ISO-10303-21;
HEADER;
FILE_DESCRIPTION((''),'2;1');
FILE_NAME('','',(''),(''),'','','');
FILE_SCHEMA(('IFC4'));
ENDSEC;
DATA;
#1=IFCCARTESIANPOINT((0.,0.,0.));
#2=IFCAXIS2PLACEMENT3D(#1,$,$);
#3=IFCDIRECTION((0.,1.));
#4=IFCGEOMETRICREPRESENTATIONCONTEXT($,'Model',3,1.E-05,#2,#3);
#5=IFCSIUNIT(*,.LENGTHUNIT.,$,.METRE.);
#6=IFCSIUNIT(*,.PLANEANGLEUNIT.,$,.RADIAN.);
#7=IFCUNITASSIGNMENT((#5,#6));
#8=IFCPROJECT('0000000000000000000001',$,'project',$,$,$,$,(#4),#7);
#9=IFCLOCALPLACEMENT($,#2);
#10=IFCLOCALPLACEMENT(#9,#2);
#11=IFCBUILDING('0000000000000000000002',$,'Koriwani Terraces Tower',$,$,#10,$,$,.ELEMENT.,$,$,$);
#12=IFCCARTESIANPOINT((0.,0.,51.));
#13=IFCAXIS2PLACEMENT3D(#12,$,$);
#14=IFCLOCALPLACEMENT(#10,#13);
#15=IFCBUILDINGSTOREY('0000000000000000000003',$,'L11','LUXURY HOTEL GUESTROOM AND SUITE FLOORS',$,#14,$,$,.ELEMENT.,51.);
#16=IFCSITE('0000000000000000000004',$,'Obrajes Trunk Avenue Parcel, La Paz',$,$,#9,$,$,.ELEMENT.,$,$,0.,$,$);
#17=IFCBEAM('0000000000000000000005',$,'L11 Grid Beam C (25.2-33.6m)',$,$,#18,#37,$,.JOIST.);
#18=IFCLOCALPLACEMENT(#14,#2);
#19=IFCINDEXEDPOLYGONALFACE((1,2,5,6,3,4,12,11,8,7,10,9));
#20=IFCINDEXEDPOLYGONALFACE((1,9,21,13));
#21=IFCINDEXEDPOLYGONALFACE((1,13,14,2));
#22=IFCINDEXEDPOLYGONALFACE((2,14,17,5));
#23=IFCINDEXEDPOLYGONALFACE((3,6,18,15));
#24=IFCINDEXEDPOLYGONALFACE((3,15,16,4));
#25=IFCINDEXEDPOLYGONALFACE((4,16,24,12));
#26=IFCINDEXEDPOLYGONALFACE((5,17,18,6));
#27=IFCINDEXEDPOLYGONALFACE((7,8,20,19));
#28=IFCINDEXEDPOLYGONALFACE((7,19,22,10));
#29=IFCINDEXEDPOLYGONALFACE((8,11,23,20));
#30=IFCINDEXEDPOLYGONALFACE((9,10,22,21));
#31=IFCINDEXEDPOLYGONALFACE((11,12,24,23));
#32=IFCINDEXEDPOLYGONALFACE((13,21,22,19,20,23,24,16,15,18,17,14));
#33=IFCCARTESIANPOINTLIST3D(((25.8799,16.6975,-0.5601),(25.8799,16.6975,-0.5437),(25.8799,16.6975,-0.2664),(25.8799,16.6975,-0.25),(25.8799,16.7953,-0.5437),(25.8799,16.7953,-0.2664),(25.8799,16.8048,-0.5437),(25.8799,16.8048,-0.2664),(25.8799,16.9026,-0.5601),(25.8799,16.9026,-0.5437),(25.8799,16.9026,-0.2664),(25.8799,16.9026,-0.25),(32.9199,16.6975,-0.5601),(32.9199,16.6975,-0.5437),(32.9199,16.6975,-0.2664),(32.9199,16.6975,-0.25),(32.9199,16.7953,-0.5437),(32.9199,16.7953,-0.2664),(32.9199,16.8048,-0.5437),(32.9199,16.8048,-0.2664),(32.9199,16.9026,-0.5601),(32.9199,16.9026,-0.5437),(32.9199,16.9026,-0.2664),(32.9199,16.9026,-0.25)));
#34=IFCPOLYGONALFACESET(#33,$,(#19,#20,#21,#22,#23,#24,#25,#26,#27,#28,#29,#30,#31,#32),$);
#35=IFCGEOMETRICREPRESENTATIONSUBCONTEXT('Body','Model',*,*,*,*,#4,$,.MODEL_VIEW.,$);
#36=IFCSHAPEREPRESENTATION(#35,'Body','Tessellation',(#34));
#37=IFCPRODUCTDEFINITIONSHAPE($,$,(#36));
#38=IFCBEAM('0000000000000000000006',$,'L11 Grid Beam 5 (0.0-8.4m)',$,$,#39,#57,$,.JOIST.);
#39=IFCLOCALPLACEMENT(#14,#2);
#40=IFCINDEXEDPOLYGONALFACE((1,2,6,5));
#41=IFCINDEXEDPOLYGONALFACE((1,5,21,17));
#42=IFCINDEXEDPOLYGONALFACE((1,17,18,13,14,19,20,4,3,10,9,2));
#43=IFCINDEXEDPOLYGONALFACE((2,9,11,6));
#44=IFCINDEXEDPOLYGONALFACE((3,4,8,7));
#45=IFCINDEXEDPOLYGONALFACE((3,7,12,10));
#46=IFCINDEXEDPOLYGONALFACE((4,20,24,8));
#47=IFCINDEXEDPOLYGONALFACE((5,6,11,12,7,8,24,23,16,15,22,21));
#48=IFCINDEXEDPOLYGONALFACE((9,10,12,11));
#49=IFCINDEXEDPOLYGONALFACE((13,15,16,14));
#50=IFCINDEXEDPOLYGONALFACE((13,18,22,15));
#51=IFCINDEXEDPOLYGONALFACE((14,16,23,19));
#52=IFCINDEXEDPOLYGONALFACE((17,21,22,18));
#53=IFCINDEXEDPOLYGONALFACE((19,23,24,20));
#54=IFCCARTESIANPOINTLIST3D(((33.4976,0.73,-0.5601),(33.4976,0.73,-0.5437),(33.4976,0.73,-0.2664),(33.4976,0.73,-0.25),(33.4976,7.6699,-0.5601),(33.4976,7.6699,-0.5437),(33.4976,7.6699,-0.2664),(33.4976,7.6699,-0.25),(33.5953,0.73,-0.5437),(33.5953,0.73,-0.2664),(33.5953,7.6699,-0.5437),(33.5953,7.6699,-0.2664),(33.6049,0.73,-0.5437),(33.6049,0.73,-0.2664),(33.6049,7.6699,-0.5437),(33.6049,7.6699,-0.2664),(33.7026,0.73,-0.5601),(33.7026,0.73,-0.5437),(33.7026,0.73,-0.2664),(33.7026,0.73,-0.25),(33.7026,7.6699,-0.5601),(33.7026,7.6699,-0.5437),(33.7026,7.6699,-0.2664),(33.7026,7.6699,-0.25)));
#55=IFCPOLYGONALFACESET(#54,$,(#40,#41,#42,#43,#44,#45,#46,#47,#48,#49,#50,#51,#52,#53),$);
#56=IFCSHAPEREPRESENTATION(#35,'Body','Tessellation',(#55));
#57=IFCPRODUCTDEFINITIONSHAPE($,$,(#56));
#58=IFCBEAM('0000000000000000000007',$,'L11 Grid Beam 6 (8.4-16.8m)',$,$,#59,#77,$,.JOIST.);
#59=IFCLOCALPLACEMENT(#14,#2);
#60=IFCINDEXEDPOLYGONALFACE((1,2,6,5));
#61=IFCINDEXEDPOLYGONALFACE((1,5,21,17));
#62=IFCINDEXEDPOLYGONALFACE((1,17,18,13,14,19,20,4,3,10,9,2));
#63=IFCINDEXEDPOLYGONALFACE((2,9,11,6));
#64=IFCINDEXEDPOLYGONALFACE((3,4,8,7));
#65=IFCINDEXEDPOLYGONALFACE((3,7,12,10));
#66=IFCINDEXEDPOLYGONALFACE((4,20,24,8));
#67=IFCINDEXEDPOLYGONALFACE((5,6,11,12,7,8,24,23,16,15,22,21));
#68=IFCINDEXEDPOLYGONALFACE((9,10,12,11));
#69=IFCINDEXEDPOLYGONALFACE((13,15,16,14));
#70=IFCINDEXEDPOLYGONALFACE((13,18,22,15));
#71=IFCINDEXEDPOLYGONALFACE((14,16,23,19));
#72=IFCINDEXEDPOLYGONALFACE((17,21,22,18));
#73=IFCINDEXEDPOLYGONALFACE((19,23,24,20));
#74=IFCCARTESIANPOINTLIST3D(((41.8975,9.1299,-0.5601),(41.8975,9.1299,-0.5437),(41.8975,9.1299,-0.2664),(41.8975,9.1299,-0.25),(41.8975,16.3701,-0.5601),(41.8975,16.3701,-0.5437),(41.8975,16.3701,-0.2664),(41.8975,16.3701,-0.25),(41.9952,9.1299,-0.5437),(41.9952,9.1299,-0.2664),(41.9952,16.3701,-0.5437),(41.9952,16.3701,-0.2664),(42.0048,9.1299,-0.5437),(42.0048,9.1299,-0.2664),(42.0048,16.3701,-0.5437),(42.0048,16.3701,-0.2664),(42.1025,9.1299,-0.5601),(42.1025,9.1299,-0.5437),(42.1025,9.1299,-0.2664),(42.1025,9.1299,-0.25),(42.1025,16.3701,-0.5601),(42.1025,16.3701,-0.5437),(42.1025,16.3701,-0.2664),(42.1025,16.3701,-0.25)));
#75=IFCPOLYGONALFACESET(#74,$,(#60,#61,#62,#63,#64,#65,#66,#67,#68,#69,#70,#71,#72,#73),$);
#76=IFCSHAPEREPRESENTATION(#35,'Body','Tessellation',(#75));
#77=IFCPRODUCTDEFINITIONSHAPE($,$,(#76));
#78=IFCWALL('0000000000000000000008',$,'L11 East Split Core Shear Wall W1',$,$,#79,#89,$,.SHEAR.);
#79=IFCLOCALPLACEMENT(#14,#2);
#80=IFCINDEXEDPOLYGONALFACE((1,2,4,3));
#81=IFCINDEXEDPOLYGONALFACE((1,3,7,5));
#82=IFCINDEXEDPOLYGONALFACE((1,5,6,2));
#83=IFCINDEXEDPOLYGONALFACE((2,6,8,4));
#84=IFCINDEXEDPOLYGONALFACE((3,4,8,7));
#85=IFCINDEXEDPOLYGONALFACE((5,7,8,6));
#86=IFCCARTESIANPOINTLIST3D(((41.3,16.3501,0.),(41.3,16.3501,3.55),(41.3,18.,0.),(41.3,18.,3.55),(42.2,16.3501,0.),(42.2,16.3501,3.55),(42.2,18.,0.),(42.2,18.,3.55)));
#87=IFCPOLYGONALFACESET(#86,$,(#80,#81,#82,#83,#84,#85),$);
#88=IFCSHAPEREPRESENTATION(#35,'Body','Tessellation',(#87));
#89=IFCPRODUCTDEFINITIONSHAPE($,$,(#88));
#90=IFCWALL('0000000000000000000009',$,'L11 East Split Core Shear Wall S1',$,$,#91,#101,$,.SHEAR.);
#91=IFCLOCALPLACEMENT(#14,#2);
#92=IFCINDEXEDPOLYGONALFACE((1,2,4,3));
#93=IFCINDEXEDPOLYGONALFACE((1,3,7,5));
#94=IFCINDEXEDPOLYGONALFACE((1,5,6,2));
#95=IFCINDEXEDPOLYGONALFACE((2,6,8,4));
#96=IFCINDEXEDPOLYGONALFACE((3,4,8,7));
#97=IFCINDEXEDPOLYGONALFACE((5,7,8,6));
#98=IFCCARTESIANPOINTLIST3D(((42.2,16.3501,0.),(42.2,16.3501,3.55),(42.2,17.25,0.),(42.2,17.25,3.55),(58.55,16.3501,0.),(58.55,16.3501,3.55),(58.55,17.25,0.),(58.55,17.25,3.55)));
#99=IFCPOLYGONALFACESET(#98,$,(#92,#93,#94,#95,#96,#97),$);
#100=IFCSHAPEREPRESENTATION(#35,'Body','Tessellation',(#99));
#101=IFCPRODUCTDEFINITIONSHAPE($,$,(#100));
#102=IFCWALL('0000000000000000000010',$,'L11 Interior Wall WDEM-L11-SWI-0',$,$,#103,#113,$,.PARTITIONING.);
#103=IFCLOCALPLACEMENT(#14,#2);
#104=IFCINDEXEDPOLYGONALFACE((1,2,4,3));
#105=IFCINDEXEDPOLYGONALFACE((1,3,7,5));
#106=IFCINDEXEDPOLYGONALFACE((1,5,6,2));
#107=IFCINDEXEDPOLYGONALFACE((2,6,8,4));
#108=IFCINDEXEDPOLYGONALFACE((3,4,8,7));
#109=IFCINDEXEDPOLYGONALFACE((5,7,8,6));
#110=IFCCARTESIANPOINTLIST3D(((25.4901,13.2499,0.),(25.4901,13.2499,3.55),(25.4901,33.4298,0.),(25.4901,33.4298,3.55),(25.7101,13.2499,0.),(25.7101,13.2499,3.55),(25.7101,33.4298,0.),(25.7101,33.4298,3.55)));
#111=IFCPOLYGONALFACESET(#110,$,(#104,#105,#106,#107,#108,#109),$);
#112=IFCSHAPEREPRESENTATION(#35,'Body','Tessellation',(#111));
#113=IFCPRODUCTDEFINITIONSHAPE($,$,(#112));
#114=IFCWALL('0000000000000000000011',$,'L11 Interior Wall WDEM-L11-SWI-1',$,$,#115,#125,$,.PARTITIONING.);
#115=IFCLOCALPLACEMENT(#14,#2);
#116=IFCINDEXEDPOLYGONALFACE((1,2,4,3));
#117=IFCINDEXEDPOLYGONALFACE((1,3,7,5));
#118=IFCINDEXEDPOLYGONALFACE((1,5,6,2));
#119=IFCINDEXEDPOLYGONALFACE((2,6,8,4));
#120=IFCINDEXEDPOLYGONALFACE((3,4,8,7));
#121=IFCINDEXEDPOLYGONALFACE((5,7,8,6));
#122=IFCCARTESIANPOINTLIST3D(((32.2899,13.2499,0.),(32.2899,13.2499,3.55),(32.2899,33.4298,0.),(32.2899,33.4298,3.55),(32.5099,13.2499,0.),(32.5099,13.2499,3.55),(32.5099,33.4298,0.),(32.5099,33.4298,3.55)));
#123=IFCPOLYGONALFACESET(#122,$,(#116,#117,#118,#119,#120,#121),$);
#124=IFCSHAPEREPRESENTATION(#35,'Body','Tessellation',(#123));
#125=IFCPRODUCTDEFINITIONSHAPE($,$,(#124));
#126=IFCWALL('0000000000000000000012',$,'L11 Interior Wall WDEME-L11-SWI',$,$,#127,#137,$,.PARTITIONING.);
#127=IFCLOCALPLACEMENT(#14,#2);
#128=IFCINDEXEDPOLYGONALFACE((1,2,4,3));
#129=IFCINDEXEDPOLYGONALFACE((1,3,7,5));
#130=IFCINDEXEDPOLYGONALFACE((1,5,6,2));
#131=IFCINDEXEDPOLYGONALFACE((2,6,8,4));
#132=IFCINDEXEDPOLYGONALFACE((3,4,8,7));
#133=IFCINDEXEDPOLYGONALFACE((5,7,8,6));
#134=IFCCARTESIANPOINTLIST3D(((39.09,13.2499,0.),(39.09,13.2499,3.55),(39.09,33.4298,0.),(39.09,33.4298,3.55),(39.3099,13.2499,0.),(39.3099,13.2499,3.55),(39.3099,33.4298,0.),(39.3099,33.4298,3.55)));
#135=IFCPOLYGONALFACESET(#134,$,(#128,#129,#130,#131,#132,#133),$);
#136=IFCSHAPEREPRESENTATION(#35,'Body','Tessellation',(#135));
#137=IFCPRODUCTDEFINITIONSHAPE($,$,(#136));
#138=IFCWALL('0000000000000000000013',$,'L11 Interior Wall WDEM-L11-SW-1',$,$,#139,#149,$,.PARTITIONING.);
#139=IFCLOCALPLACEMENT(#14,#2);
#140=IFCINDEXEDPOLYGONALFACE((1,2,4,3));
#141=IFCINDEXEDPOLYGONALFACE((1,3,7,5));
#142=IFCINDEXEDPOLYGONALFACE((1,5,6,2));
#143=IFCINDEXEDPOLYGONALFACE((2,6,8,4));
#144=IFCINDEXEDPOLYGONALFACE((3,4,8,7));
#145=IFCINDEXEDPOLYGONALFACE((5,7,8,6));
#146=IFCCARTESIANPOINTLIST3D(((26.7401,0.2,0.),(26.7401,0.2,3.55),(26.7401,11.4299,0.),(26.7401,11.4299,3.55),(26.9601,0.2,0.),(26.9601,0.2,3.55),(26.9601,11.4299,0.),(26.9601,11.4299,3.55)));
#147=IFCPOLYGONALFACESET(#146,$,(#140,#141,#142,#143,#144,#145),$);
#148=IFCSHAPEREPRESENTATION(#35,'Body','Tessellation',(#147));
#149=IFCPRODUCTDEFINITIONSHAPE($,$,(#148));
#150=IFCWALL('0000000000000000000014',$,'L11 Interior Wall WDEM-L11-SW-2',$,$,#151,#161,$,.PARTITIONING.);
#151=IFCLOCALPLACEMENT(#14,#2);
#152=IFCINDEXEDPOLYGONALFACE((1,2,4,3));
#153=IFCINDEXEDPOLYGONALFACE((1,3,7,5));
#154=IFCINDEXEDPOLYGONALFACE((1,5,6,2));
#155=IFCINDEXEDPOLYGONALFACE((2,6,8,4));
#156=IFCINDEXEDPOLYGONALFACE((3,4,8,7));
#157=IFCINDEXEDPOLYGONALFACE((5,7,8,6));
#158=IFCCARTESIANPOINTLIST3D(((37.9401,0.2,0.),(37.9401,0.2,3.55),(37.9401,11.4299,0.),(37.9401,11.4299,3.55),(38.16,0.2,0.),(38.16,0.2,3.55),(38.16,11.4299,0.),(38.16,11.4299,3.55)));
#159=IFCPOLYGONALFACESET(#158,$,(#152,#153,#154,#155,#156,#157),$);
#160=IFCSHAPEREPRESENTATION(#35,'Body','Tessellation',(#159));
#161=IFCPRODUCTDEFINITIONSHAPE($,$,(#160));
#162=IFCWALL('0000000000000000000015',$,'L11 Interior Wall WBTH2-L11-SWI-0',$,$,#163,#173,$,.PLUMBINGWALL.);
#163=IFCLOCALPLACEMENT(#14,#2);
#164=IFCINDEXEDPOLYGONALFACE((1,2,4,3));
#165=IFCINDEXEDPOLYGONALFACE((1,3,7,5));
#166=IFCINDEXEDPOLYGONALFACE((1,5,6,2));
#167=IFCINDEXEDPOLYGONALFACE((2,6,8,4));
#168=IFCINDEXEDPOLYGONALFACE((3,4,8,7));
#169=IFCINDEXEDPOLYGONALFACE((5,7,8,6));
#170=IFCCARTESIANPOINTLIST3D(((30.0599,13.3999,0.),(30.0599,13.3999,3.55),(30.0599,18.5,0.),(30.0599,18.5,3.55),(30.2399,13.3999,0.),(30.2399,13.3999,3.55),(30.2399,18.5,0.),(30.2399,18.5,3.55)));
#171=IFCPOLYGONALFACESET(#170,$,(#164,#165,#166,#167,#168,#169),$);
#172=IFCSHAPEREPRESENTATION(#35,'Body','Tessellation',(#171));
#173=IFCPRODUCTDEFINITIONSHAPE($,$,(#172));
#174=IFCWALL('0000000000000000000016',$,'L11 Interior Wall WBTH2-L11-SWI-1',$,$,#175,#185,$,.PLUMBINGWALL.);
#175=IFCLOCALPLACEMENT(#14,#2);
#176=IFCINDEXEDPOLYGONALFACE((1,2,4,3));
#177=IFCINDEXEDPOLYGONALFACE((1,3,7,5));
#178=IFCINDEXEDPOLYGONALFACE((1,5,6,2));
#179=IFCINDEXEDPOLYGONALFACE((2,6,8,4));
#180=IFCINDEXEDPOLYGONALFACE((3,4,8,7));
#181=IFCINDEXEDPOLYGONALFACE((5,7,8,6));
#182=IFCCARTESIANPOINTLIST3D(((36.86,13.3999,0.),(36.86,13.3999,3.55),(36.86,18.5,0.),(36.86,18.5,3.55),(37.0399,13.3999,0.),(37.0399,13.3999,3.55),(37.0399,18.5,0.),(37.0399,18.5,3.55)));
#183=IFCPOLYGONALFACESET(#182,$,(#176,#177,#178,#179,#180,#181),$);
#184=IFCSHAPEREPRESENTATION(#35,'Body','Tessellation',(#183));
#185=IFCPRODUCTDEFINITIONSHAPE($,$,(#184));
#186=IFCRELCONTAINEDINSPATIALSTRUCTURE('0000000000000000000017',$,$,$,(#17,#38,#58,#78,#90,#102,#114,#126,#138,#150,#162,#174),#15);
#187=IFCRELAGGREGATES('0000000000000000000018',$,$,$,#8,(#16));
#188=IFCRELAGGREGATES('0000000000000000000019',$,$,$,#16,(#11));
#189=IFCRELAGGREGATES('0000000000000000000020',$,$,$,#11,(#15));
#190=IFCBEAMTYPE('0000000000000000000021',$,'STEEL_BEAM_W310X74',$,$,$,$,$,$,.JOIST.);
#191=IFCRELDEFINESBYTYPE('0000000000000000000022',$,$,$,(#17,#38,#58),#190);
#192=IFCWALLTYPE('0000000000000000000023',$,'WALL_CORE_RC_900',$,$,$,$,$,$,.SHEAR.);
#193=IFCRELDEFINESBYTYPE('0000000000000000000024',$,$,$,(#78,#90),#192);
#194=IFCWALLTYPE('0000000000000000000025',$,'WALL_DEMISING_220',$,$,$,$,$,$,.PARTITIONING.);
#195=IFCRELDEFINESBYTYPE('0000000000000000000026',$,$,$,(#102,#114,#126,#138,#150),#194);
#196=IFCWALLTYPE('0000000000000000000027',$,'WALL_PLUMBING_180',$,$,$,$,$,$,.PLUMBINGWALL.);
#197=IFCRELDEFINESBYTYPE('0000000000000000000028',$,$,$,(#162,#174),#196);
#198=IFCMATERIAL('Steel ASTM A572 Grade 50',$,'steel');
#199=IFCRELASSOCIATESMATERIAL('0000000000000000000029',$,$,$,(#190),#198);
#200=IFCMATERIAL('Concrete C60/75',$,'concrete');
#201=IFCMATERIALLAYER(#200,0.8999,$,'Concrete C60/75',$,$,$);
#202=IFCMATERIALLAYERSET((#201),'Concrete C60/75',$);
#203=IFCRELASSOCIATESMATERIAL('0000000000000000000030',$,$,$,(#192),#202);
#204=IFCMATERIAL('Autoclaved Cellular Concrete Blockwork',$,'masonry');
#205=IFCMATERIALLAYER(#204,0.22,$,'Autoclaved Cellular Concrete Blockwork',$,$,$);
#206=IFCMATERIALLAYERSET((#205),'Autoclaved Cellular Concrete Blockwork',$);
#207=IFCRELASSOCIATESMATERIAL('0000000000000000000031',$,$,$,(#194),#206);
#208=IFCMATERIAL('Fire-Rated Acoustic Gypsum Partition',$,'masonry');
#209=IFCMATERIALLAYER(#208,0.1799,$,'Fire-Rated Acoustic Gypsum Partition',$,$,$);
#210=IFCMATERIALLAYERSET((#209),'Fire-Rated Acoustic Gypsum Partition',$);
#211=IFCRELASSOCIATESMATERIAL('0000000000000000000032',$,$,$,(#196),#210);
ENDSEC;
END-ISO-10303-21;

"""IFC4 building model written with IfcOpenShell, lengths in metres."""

from ifc_helpers import new_model, si_unit, direction, frame, frame_2d, origin, origin_2d, place, context, subcontext, project, spatial, rectangle, i_section, extrude, material, layer, layer_set, material_profile, profile_set, type_object, element, save


model = new_model("IFC4")

# Units and contexts
model_context = context("Model", 3, precision=1e-05, world=origin(), true_north=direction((0.0, 1.0)))
body_context = subcontext(model_context, "Body", "Model", "MODEL_VIEW")
ifc_project = project(units=[si_unit("LENGTHUNIT", "METRE"), si_unit("PLANEANGLEUNIT", "RADIAN")], contexts=[model_context])

# Site, building, storey
site_placement = place(None, origin())
site = spatial("IfcSite", under=ifc_project, at=site_placement, Name="Obrajes Trunk Avenue Parcel, La Paz", CompositionType="ELEMENT", RefElevation=0.0)
building_placement = place(site_placement, origin())
building = spatial("IfcBuilding", under=site, at=building_placement, Name="Koriwani Terraces Tower", CompositionType="ELEMENT")
storey_placement = place(building_placement, frame((0.0, 0.0, 51.0)))
storey = spatial("IfcBuildingStorey", under=building, at=storey_placement, Name="L11", Description="LUXURY HOTEL GUESTROOM AND SUITE FLOORS", CompositionType="ELEMENT", Elevation=51.0)

# Shared definitions
ifc_material_1 = material(Name="Concrete C60/75", Category="concrete")

# Beams
ifc_material_2 = material(Name="Steel ASTM A572 Grade 50", Category="steel")
ifc_material_profile_1 = material_profile(ifc_material_2, i_section(OverallWidth=0.2051, OverallDepth=0.3101, WebThickness=0.0095, FlangeThickness=0.0164, at=origin_2d()), Name="Steel ASTM A572 Grade 50", Category="LoadBearing")
ifc_profile_set_1 = profile_set([ifc_material_profile_1], Name="Steel ASTM A572 Grade 50")
beam_type_1 = type_object("IfcBeamType", Name="STEEL_BEAM_W310X74", PredefinedType="JOIST", material=ifc_profile_set_1)
beam_1_placement = place(storey_placement, frame((25.8799, 16.8, -0.405), z_axis=(1.0, 0.0, 0.0), x_axis=(0.0, 1.0, 0.0)))
element("IfcBeam", 1, at=beam_1_placement, inside=storey, type_object=beam_type_1, Name="L11 Grid Beam C (25.2-33.6m)", PredefinedType="JOIST", context=body_context, shape_type="SweptSolid", body=[
    extrude(i_section(OverallWidth=0.2051, OverallDepth=0.3101, WebThickness=0.0095, FlangeThickness=0.0164, at=origin_2d()), origin(), (0.0, 0.0, 1.0), 7.04),
])
beam_2_placement = place(storey_placement, frame((33.6001, 0.73, -0.405), z_axis=(0.0, 1.0, 0.0), x_axis=(-1.0, 0.0, 0.0)))
element("IfcBeam", 2, at=beam_2_placement, inside=storey, type_object=beam_type_1, Name="L11 Grid Beam 5 (0.0-8.4m)", PredefinedType="JOIST", context=body_context, shape_type="SweptSolid", body=[
    extrude(i_section(OverallWidth=0.2051, OverallDepth=0.3101, WebThickness=0.0095, FlangeThickness=0.0164, at=origin_2d()), origin(), (0.0, 0.0, 1.0), 6.9399),
])
beam_3_placement = place(storey_placement, frame((42.0, 9.1299, -0.405), z_axis=(0.0, 1.0, 0.0), x_axis=(-1.0, 0.0, 0.0)))
element("IfcBeam", 3, at=beam_3_placement, inside=storey, type_object=beam_type_1, Name="L11 Grid Beam 6 (8.4-16.8m)", PredefinedType="JOIST", context=body_context, shape_type="SweptSolid", body=[
    extrude(i_section(OverallWidth=0.2051, OverallDepth=0.3101, WebThickness=0.0095, FlangeThickness=0.0164, at=origin_2d()), origin(), (0.0, 0.0, 1.0), 7.2402),
])

# Walls
ifc_layer_1 = layer(ifc_material_1, 0.8999, Name="Concrete C60/75")
ifc_layer_set_1 = layer_set([ifc_layer_1], Name="Concrete C60/75")
wall_type_1 = type_object("IfcWallType", Name="WALL_CORE_RC_900", PredefinedType="SHEAR", material=ifc_layer_set_1)
wall_1_placement = place(storey_placement, frame((41.75, 16.3501, 0.0), z_axis=(0.0, 0.0, 1.0), x_axis=(0.0, 1.0, 0.0)))
element("IfcWall", 4, at=wall_1_placement, inside=storey, type_object=wall_type_1, Name="L11 East Split Core Shear Wall W1", PredefinedType="SHEAR", context=body_context, shape_type="SweptSolid", body=[
    extrude(rectangle(XDim=1.6499, YDim=0.8999, at=frame_2d((0.825, 0.0))), origin(), (0.0, 0.0, 1.0), 3.55),
])
wall_2_placement = place(storey_placement, frame((42.2, 16.8, 0.0), z_axis=(0.0, 0.0, 1.0), x_axis=(1.0, 0.0, 0.0)))
element("IfcWall", 5, at=wall_2_placement, inside=storey, type_object=wall_type_1, Name="L11 East Split Core Shear Wall S1", PredefinedType="SHEAR", context=body_context, shape_type="SweptSolid", body=[
    extrude(rectangle(XDim=16.3501, YDim=0.8999, at=frame_2d((8.175, 0.0))), origin(), (0.0, 0.0, 1.0), 3.55),
])
ifc_material_3 = material(Name="Autoclaved Cellular Concrete Blockwork", Category="masonry")
ifc_layer_2 = layer(ifc_material_3, 0.22, Name="Autoclaved Cellular Concrete Blockwork")
ifc_layer_set_2 = layer_set([ifc_layer_2], Name="Autoclaved Cellular Concrete Blockwork")
wall_type_2 = type_object("IfcWallType", Name="WALL_DEMISING_220", PredefinedType="PARTITIONING", material=ifc_layer_set_2)
for number, where, z_axis, x_axis, name in (
    (6, (25.6001, 13.25, 0.0), (0.0, 0.0, 1.0), (0.0, 1.0, 0.0), "L11 Interior Wall WDEM-L11-SWI-0"),
    (7, (32.3999, 13.25, 0.0), (0.0, 0.0, 1.0), (0.0, 1.0, 0.0), "L11 Interior Wall WDEM-L11-SWI-1"),
    (8, (39.2, 13.25, 0.0), (0.0, 0.0, 1.0), (0.0, 1.0, 0.0), "L11 Interior Wall WDEME-L11-SWI"),
):
    element("IfcWall", number, at=place(storey_placement, frame(where, z_axis=z_axis, x_axis=x_axis)), inside=storey, type_object=wall_type_2, Name=name, PredefinedType="PARTITIONING", context=body_context, shape_type="SweptSolid", body=[
        extrude(rectangle(XDim=20.1799, YDim=0.22, at=frame_2d((10.0898, 0.0))), origin(), (0.0, 0.0, 1.0), 3.55),
    ])
for number, where, z_axis, x_axis, name in (
    (9, (26.8501, 0.2, 0.0), (0.0, 0.0, 1.0), (0.0, 1.0, 0.0), "L11 Interior Wall WDEM-L11-SW-1"),
    (10, (38.05, 0.2, 0.0), (0.0, 0.0, 1.0), (0.0, 1.0, 0.0), "L11 Interior Wall WDEM-L11-SW-2"),
):
    element("IfcWall", number, at=place(storey_placement, frame(where, z_axis=z_axis, x_axis=x_axis)), inside=storey, type_object=wall_type_2, Name=name, PredefinedType="PARTITIONING", context=body_context, shape_type="SweptSolid", body=[
        extrude(rectangle(XDim=11.23, YDim=0.22, at=frame_2d((5.615, 0.0))), origin(), (0.0, 0.0, 1.0), 3.55),
    ])
ifc_material_4 = material(Name="Fire-Rated Acoustic Gypsum Partition", Category="masonry")
ifc_layer_3 = layer(ifc_material_4, 0.1799, Name="Fire-Rated Acoustic Gypsum Partition")
ifc_layer_set_3 = layer_set([ifc_layer_3], Name="Fire-Rated Acoustic Gypsum Partition")
wall_type_3 = type_object("IfcWallType", Name="WALL_PLUMBING_180", PredefinedType="PLUMBINGWALL", material=ifc_layer_set_3)
for number, where, z_axis, x_axis, name in (
    (11, (30.1499, 13.3999, 0.0), (0.0, 0.0, 1.0), (0.0, 1.0, 0.0), "L11 Interior Wall WBTH2-L11-SWI-0"),
    (12, (36.95, 13.3999, 0.0), (0.0, 0.0, 1.0), (0.0, 1.0, 0.0), "L11 Interior Wall WBTH2-L11-SWI-1"),
):
    element("IfcWall", number, at=place(storey_placement, frame(where, z_axis=z_axis, x_axis=x_axis)), inside=storey, type_object=wall_type_3, Name=name, PredefinedType="PLUMBINGWALL", context=body_context, shape_type="SweptSolid", body=[
        extrude(rectangle(XDim=5.1001, YDim=0.1799, at=frame_2d((2.55, 0.0))), origin(), (0.0, 0.0, 1.0), 3.55),
    ])

save(model, "model.ifc")
